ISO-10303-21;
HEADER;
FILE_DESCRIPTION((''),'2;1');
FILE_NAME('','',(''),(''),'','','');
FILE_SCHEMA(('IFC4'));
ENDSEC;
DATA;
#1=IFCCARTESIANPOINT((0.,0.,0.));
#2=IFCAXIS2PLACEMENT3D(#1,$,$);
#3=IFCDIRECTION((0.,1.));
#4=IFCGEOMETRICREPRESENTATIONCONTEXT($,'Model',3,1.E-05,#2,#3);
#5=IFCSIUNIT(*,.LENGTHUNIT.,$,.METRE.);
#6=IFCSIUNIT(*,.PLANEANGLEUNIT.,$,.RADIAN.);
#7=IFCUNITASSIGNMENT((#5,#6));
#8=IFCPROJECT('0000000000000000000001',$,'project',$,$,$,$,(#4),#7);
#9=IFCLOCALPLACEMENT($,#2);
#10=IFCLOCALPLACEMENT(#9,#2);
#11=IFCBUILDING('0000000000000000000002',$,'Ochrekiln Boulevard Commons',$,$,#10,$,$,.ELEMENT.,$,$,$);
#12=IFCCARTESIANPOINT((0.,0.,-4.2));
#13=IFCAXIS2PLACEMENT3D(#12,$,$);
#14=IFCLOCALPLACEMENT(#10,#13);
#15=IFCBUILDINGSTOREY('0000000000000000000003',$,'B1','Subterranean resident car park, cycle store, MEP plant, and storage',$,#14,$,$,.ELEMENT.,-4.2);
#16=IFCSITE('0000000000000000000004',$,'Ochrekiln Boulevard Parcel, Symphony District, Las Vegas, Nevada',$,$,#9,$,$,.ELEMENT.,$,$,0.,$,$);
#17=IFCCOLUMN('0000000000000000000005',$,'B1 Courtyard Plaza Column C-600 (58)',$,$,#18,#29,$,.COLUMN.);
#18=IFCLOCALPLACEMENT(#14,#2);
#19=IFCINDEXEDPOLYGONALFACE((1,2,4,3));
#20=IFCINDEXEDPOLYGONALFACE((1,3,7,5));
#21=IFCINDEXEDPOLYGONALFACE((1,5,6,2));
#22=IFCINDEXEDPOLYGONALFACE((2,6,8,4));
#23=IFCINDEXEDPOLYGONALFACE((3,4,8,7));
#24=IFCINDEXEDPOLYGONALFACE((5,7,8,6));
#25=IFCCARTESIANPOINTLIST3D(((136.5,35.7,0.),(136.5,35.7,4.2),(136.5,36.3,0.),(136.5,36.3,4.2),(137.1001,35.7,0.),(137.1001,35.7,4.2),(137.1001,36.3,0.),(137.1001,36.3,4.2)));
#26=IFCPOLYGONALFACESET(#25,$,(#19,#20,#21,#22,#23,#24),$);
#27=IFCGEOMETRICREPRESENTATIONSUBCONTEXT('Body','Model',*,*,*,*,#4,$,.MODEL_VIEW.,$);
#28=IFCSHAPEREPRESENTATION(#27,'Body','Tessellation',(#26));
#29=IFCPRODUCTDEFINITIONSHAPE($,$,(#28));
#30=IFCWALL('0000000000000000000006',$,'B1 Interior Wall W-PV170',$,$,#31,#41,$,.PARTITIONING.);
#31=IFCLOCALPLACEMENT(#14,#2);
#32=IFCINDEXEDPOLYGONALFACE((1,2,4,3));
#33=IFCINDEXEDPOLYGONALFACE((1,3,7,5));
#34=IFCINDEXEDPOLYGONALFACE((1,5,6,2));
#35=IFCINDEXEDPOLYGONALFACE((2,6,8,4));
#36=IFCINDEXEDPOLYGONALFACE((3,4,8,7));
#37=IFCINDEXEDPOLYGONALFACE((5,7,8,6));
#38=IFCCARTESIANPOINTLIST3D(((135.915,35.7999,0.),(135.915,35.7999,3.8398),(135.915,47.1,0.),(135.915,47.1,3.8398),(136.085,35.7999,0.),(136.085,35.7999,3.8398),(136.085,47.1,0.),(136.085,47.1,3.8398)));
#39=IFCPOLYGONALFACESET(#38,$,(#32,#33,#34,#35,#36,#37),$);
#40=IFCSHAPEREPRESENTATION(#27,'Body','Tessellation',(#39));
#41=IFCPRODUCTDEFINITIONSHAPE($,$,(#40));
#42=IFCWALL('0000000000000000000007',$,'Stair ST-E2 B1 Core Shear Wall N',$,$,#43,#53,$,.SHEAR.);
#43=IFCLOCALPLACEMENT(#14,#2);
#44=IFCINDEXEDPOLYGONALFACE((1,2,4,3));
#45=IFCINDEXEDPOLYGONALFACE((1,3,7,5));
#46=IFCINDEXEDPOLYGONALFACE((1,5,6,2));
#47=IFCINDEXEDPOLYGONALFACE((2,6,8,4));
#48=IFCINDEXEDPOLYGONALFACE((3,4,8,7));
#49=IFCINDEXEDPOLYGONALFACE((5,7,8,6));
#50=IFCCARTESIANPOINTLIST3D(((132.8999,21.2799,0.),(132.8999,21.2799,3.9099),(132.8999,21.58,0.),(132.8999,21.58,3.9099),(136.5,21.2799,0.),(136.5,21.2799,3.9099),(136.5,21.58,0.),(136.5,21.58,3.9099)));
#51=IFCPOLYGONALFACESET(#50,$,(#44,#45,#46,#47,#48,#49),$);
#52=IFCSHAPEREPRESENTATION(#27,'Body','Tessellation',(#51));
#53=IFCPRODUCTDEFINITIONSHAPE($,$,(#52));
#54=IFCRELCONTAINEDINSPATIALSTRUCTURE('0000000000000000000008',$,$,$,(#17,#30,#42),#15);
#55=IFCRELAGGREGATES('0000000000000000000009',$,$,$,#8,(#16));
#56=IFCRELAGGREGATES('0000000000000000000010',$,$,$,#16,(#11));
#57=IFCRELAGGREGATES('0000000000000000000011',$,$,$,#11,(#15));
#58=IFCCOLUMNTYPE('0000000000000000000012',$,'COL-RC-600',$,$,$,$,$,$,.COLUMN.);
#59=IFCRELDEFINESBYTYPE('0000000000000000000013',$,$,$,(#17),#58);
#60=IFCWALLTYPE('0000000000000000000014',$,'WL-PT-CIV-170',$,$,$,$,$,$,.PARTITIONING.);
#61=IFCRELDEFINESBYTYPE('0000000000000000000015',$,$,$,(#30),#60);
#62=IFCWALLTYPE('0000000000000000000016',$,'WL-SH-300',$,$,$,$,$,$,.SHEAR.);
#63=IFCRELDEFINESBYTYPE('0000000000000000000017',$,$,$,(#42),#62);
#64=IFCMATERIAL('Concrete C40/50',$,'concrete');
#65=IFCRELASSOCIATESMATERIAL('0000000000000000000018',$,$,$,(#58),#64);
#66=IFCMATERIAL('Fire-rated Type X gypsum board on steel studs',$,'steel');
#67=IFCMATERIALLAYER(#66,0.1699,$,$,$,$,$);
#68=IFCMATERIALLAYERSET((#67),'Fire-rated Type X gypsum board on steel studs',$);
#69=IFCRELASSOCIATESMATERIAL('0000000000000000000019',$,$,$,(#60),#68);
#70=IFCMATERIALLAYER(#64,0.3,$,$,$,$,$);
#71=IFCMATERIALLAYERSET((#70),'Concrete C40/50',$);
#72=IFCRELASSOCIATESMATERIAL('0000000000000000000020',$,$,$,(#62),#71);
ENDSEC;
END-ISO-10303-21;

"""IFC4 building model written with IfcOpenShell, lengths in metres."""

from ifc_helpers import new_model, si_unit, direction, frame, frame_2d, origin, origin_2d, place, context, subcontext, project, spatial, rectangle, extrude, material, layer, layer_set, material_profile, profile_set, type_object, element, save


model = new_model("IFC4")

# Units and contexts
model_context = context("Model", 3, precision=1e-05, world=origin(), true_north=direction((0.0, 1.0)))
body_context = subcontext(model_context, "Body", "Model", "MODEL_VIEW")
ifc_project = project(units=[si_unit("LENGTHUNIT", "METRE"), si_unit("PLANEANGLEUNIT", "RADIAN")], contexts=[model_context])

# Site, building, storey
site_placement = place(None, origin())
site = spatial("IfcSite", under=ifc_project, at=site_placement, Name="Ochrekiln Boulevard Parcel, Symphony District, Las Vegas, Nevada", CompositionType="ELEMENT", RefElevation=0.0)
building_placement = place(site_placement, origin())
building = spatial("IfcBuilding", under=site, at=building_placement, Name="Ochrekiln Boulevard Commons", CompositionType="ELEMENT")
storey_placement = place(building_placement, frame((0.0, 0.0, -4.2)))
storey = spatial("IfcBuildingStorey", under=building, at=storey_placement, Name="B1", Description="Subterranean resident car park, cycle store, MEP plant, and storage", CompositionType="ELEMENT", Elevation=-4.2)

# Column
ifc_material_1 = material(Name="Concrete C40/50", Category="concrete")
ifc_material_profile_1 = material_profile(ifc_material_1, rectangle(XDim=0.6001, YDim=0.6001, at=origin_2d()), Name="RC-COL-600x600")
ifc_profile_set_1 = profile_set([ifc_material_profile_1], Name="Concrete C40/50")
column_type_1 = type_object("IfcColumnType", Name="COL-RC-600", PredefinedType="COLUMN", material=ifc_profile_set_1)
for number, where, z_axis, x_axis, name in (
    (1, (136.8, 36.0, 0.0), (0.0, 0.0, 1.0), (1.0, 0.0, 0.0), "B1 Courtyard Plaza Column C-600 (58)"),
):
    element("IfcColumn", number, at=place(storey_placement, frame(where, z_axis=z_axis, x_axis=x_axis)), inside=storey, type_object=column_type_1, Name=name, PredefinedType="COLUMN", context=body_context, shape_type="SweptSolid", body=[
        extrude(rectangle(XDim=0.6001, YDim=0.6001, at=origin_2d()), origin(), (0.0, 0.0, 1.0), 4.2),
    ])

# Walls
ifc_material_2 = material(Name="Fire-rated Type X gypsum board on steel studs", Category="steel")
ifc_layer_1 = layer(ifc_material_2, 0.1699)
ifc_layer_set_1 = layer_set([ifc_layer_1], Name="Fire-rated Type X gypsum board on steel studs")
wall_type_1 = type_object("IfcWallType", Name="WL-PT-CIV-170", PredefinedType="PARTITIONING", material=ifc_layer_set_1)
wall_1_placement = place(storey_placement, frame((136.0, 35.8, 0.0), z_axis=(0.0, 0.0, 1.0), x_axis=(0.0, 1.0, 0.0)))
element("IfcWall", 2, at=wall_1_placement, inside=storey, type_object=wall_type_1, Name="B1 Interior Wall W-PV170", PredefinedType="PARTITIONING", context=body_context, shape_type="SweptSolid", body=[
    extrude(rectangle(XDim=11.3, YDim=0.1699, at=frame_2d((5.6499, 0.0))), origin(), (0.0, 0.0, 1.0), 3.8398),
])
ifc_layer_2 = layer(ifc_material_1, 0.3)
ifc_layer_set_2 = layer_set([ifc_layer_2], Name="Concrete C40/50")
wall_type_2 = type_object("IfcWallType", Name="WL-SH-300", PredefinedType="SHEAR", material=ifc_layer_set_2)
wall_2_placement = place(storey_placement, frame((132.8999, 21.4299, 0.0), z_axis=(0.0, 0.0, 1.0), x_axis=(1.0, 0.0, 0.0)))
element("IfcWall", 3, at=wall_2_placement, inside=storey, type_object=wall_type_2, Name="Stair ST-E2 B1 Core Shear Wall N", PredefinedType="SHEAR", context=body_context, shape_type="SweptSolid", body=[
    extrude(rectangle(XDim=3.6001, YDim=0.3, at=frame_2d((1.8, 0.0))), origin(), (0.0, 0.0, 1.0), 3.9099),
])

save(model, "model.ifc")
